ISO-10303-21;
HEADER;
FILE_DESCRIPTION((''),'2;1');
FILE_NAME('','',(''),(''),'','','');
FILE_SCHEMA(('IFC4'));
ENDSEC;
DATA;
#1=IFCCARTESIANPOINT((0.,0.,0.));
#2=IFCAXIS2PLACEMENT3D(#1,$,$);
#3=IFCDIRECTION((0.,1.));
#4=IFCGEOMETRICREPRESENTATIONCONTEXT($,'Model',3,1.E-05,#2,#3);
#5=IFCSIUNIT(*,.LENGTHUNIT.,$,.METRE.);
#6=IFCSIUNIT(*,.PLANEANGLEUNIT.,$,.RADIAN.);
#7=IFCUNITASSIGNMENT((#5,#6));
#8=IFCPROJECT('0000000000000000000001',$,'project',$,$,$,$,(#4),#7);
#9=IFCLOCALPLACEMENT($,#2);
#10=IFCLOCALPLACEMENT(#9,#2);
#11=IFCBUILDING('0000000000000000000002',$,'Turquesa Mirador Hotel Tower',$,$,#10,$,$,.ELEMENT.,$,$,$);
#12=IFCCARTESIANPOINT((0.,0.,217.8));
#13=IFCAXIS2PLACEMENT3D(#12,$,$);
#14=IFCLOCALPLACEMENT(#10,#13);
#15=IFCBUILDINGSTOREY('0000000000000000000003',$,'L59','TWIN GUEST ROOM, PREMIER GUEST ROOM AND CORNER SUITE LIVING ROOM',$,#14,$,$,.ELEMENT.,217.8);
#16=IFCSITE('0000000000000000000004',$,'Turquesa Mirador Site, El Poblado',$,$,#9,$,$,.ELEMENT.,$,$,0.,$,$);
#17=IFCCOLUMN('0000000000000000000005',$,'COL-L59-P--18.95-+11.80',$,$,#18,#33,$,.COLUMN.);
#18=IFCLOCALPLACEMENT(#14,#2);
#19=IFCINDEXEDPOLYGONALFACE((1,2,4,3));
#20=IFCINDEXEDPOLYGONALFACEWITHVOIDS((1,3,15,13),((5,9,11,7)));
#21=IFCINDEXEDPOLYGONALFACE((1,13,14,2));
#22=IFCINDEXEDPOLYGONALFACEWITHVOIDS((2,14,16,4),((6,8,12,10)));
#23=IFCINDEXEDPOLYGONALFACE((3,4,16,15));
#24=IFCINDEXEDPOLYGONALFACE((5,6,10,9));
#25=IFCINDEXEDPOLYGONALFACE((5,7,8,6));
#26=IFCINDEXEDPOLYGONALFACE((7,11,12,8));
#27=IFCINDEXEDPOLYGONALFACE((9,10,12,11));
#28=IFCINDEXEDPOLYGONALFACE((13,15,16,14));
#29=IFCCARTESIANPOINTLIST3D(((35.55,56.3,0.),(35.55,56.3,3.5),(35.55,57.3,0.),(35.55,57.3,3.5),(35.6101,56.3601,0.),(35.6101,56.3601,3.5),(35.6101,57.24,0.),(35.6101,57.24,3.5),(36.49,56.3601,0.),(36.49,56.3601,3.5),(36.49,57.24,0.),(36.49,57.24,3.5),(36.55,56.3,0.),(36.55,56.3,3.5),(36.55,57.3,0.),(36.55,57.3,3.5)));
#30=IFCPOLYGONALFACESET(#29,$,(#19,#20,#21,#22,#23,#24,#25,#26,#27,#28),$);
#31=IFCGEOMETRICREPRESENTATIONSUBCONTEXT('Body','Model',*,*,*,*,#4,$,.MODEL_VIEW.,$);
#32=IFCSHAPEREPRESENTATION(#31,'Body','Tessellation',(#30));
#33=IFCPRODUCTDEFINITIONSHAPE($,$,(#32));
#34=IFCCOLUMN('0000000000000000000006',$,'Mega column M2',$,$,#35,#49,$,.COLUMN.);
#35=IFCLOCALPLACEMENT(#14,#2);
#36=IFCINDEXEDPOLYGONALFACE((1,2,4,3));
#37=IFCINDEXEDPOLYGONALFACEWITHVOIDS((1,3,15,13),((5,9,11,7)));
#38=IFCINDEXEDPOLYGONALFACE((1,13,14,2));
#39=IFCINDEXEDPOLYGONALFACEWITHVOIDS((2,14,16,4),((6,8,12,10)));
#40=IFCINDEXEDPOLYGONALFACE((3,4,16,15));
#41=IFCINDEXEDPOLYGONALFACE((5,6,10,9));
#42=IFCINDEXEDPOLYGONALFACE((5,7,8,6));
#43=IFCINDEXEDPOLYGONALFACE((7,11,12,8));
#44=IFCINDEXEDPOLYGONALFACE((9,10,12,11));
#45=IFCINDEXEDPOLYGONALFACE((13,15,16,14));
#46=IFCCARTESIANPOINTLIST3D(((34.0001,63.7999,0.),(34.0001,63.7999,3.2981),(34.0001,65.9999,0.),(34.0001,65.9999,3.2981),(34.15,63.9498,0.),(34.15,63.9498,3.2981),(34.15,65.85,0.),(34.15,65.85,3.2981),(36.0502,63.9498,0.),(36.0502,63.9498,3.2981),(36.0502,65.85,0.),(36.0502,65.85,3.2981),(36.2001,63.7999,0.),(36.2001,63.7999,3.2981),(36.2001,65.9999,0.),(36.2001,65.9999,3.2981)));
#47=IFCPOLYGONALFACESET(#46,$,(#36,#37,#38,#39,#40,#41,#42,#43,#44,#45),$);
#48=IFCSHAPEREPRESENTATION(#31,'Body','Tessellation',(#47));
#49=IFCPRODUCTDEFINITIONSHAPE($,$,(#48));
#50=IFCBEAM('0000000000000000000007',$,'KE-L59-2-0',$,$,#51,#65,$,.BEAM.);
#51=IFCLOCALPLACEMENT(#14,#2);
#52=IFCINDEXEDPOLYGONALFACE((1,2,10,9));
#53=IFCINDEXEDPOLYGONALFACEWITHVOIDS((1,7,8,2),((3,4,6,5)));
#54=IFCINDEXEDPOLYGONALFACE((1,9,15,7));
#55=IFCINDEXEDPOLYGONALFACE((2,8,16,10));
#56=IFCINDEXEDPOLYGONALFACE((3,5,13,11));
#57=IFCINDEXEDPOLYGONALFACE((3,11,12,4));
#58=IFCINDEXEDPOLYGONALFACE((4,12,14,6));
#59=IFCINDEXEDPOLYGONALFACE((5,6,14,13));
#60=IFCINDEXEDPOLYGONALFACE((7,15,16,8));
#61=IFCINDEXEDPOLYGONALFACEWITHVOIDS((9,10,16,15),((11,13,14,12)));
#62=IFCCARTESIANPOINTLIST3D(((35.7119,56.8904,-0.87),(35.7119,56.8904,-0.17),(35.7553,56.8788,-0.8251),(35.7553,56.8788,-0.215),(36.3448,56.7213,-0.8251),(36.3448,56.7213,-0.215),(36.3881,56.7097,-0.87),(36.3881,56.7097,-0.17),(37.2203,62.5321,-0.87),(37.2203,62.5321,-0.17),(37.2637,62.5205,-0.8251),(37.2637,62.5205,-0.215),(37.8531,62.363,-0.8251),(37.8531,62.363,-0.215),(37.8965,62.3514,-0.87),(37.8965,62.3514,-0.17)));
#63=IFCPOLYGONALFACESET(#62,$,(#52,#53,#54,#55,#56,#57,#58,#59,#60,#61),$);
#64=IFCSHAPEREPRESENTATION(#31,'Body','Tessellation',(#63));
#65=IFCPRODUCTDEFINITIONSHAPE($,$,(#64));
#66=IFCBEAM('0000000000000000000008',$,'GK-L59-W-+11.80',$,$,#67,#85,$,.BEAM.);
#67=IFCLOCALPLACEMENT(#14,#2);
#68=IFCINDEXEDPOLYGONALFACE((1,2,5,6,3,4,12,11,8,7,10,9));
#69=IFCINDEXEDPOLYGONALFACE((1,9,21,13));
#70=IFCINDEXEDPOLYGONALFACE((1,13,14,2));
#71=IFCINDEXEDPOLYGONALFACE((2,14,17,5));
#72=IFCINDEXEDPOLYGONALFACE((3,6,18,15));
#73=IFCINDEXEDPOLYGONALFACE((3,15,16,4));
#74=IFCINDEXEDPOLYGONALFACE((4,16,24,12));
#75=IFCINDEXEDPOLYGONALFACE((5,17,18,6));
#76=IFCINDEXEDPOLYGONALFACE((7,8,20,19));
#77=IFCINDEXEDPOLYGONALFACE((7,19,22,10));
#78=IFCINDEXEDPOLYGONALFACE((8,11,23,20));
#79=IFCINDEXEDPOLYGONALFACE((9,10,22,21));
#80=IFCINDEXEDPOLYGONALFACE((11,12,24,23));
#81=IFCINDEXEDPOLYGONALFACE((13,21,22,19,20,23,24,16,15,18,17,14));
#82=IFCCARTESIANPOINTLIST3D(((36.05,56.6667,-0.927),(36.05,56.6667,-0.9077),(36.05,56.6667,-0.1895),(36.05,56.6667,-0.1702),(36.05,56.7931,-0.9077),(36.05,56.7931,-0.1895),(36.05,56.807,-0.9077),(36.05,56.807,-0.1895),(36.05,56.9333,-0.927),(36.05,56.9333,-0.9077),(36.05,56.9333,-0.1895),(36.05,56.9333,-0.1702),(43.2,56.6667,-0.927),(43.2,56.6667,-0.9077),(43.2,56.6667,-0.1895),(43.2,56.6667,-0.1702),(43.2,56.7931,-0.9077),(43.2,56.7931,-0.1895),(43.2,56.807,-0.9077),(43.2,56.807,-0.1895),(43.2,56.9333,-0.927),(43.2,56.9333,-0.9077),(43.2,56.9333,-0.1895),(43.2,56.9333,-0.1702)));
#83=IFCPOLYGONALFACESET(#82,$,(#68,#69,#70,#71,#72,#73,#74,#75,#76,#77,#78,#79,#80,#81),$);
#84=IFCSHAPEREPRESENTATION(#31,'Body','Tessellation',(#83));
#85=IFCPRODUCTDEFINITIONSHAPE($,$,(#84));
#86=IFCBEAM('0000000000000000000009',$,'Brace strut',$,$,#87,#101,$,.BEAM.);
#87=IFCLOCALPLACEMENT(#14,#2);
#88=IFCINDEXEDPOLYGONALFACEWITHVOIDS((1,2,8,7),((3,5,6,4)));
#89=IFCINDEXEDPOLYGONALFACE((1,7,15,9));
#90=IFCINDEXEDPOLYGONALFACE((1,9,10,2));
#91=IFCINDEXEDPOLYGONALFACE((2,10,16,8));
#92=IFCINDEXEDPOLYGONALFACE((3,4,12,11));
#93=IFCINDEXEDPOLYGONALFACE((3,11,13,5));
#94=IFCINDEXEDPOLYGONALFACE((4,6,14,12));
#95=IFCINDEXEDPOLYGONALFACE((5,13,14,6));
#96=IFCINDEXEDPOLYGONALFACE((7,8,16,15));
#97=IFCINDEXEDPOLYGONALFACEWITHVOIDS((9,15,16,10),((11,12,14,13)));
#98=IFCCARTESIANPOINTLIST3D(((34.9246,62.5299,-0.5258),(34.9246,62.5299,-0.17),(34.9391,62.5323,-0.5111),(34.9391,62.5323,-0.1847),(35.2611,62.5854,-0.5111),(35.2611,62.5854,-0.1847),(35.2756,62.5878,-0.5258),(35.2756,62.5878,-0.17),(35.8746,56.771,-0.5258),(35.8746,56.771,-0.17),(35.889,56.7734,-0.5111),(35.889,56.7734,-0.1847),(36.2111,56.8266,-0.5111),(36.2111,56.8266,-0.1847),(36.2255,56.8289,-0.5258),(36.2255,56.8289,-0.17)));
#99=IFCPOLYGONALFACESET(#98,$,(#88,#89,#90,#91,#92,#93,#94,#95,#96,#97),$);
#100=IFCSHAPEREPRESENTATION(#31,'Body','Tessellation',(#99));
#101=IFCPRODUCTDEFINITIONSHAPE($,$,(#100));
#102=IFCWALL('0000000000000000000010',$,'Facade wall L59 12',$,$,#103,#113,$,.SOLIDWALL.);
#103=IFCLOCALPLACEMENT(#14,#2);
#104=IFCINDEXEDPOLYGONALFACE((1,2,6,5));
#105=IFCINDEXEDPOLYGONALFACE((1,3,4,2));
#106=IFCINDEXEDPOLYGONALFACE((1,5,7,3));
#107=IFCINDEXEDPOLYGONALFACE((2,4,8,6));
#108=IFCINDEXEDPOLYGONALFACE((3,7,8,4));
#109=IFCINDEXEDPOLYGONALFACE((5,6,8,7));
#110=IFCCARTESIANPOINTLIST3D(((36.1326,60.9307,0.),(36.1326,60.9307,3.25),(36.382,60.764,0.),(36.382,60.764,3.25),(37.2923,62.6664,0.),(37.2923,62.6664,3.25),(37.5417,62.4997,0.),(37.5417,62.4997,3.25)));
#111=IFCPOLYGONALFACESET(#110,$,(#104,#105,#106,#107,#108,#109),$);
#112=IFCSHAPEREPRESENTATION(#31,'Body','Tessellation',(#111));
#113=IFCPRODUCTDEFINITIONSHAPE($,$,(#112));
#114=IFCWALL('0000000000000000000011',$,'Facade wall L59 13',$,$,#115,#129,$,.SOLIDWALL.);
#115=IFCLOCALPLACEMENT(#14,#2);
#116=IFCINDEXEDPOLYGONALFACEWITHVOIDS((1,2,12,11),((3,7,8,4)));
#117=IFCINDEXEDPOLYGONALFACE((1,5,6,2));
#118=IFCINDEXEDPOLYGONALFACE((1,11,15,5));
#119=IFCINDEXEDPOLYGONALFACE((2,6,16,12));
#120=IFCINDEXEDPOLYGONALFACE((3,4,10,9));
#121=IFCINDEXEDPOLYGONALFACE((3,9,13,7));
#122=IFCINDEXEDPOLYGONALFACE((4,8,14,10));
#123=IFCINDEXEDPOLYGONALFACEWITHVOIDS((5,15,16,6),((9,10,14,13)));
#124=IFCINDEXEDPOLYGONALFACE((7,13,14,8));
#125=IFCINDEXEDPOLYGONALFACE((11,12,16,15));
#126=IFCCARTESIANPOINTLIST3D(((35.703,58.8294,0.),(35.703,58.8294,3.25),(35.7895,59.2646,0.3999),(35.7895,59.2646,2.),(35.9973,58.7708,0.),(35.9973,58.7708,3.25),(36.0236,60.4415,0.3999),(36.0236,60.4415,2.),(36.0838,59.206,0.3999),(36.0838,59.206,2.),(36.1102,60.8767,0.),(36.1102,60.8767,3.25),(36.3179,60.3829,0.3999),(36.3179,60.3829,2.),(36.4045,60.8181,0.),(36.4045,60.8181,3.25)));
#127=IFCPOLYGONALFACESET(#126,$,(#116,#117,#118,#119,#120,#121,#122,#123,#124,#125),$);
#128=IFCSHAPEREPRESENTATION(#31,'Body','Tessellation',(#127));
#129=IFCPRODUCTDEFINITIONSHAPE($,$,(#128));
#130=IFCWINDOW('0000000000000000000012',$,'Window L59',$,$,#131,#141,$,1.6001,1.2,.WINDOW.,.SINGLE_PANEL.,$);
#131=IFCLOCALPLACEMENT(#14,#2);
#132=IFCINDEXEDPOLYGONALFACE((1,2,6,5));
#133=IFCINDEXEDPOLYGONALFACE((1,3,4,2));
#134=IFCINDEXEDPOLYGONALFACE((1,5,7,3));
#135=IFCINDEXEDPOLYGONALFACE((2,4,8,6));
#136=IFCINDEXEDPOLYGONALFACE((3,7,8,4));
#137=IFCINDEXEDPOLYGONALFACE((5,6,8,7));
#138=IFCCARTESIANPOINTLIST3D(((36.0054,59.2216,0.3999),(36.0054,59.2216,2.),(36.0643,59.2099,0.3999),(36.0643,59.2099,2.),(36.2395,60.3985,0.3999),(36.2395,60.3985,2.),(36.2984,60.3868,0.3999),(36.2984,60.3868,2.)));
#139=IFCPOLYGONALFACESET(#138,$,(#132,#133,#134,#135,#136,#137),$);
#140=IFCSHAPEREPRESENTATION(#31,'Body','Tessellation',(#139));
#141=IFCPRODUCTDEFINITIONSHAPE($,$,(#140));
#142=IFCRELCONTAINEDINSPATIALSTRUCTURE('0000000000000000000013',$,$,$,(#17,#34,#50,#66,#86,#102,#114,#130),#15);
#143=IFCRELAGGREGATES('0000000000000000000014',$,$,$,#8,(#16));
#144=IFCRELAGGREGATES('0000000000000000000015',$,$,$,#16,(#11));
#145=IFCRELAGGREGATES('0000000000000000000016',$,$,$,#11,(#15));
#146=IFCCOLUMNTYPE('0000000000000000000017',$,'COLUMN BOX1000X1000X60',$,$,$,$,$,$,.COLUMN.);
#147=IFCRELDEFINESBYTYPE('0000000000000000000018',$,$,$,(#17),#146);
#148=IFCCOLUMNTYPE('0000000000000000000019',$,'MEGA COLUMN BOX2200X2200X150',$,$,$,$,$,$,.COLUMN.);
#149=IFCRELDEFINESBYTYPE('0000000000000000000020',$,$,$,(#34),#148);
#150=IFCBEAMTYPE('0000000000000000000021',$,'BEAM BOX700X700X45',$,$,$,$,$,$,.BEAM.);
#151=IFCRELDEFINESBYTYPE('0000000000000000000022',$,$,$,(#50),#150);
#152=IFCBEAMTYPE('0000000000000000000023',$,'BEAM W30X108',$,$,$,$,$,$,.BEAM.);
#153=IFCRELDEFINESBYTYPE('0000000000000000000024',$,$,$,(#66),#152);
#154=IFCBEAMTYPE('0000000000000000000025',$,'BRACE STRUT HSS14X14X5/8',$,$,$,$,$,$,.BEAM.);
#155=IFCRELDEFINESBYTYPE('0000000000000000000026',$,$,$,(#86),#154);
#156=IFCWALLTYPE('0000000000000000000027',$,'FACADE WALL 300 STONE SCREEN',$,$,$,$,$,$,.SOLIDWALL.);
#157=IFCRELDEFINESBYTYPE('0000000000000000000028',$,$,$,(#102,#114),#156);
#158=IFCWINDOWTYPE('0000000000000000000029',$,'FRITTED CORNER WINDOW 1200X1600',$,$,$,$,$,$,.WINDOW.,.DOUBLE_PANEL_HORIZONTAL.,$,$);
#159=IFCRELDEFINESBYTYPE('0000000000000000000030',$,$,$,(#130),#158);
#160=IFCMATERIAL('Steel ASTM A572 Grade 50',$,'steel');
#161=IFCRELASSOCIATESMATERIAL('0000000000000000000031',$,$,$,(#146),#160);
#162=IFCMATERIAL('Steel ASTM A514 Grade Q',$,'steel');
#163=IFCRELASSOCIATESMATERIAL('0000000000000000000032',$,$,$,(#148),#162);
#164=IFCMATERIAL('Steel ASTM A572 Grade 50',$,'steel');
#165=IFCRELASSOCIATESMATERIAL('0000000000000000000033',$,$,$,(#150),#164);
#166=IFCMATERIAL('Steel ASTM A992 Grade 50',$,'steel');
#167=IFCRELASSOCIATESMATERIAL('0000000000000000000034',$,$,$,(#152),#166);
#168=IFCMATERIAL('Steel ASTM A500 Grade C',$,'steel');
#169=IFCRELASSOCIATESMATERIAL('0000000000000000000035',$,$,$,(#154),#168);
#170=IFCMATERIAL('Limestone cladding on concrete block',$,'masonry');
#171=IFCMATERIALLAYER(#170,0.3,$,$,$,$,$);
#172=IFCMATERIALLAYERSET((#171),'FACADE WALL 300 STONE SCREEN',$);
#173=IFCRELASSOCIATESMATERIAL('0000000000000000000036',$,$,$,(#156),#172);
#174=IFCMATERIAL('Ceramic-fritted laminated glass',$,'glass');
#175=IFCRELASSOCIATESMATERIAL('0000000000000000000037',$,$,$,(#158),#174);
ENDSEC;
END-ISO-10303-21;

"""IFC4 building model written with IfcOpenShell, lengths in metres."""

from ifc_helpers import new_model, si_unit, direction, frame, frame_2d, origin, origin_2d, place, context, subcontext, project, spatial, rectangle, hollow_rectangle, i_section, extrude, clip, halfspace, material, layer, layer_set, material_profile, profile_set, type_object, element, fill, save


model = new_model("IFC4")

# Units and contexts
model_context = context("Model", 3, precision=1e-05, world=origin(), true_north=direction((0.0, 1.0)))
body_context = subcontext(model_context, "Body", "Model", "MODEL_VIEW")
ifc_project = project(units=[si_unit("LENGTHUNIT", "METRE"), si_unit("PLANEANGLEUNIT", "RADIAN")], contexts=[model_context])

# Site, building, storey
site_placement = place(None, origin())
site = spatial("IfcSite", under=ifc_project, at=site_placement, Name="Turquesa Mirador Site, El Poblado", CompositionType="ELEMENT", RefElevation=0.0)
building_placement = place(site_placement, origin())
building = spatial("IfcBuilding", under=site, at=building_placement, Name="Turquesa Mirador Hotel Tower", CompositionType="ELEMENT")
storey_placement = place(building_placement, frame((0.0, 0.0, 217.8)))
storey = spatial("IfcBuildingStorey", under=building, at=storey_placement, Name="L59", Description="TWIN GUEST ROOM, PREMIER GUEST ROOM AND CORNER SUITE LIVING ROOM", CompositionType="ELEMENT", Elevation=217.8)

# Columns
ifc_material_1 = material(Name="Steel ASTM A572 Grade 50", Category="steel")
ifc_material_profile_1 = material_profile(ifc_material_1, hollow_rectangle(XDim=1.0, YDim=1.0, WallThickness=0.0601, at=origin_2d()), Name="BOX1000X1000X60")
ifc_profile_set_1 = profile_set([ifc_material_profile_1], Name="Steel ASTM A572 Grade 50")
column_type_1 = type_object("IfcColumnType", Name="COLUMN BOX1000X1000X60", PredefinedType="COLUMN", material=ifc_profile_set_1)
column_1_placement = place(storey_placement, frame((36.05, 56.8, 0.0), z_axis=(0.0, 0.0, 1.0), x_axis=(1.0, 0.0, 0.0)))
element("IfcColumn", 1, at=column_1_placement, inside=storey, type_object=column_type_1, Name="COL-L59-P--18.95-+11.80", PredefinedType="COLUMN", context=body_context, shape_type="SweptSolid", body=[
    extrude(hollow_rectangle(XDim=1.0, YDim=1.0, WallThickness=0.0601, at=origin_2d()), origin(), (0.0, 0.0, 1.0), 3.5),
])
ifc_material_2 = material(Name="Steel ASTM A514 Grade Q", Category="steel")
ifc_material_profile_2 = material_profile(ifc_material_2, hollow_rectangle(XDim=2.2, YDim=2.2, WallThickness=0.1499, at=origin_2d()), Name="BOX2200X2200X150")
ifc_profile_set_2 = profile_set([ifc_material_profile_2], Name="Steel ASTM A514 Grade Q")
column_type_2 = type_object("IfcColumnType", Name="MEGA COLUMN BOX2200X2200X150", PredefinedType="COLUMN", material=ifc_profile_set_2)
column_2_placement = place(storey_placement, frame((35.1001, 64.8999, 0.0), z_axis=(0.0, 0.0, 1.0), x_axis=(1.0, 0.0, 0.0)))
element("IfcColumn", 2, at=column_2_placement, inside=storey, type_object=column_type_2, Name="Mega column M2", PredefinedType="COLUMN", context=body_context, shape_type="Clipping", body=[
    clip(extrude(hollow_rectangle(XDim=2.2, YDim=2.2, WallThickness=0.1499, at=origin_2d()), origin(), (0.0, 0.0, 1.0), 3.5), halfspace(frame((0.0, 0.0, 3.2981), z_axis=(0.0, 0.0, 1.0), x_axis=(1.0, 0.0, 0.0)), False)),
])

# Beams
ifc_material_3 = material(Name="Steel ASTM A572 Grade 50", Category="steel")
ifc_material_profile_3 = material_profile(ifc_material_3, hollow_rectangle(XDim=0.7, YDim=0.7, WallThickness=0.0449, at=origin_2d()), Name="BOX700X700X45")
ifc_profile_set_3 = profile_set([ifc_material_profile_3], Name="Steel ASTM A572 Grade 50")
beam_type_1 = type_object("IfcBeamType", Name="BEAM BOX700X700X45", PredefinedType="BEAM", material=ifc_profile_set_3)
beam_1_placement = place(storey_placement, frame((36.05, 56.8, -0.52), z_axis=(0.258282, 0.96607, 0.0), x_axis=(-0.96607, 0.258282, 0.0)))
element("IfcBeam", 3, at=beam_1_placement, inside=storey, type_object=beam_type_1, Name="KE-L59-2-0", PredefinedType="BEAM", context=body_context, shape_type="SweptSolid", body=[
    extrude(hollow_rectangle(XDim=0.7, YDim=0.7, WallThickness=0.0449, at=origin_2d()), origin(), (0.0, 0.0, 1.0), 5.8398),
])
ifc_material_4 = material(Name="Steel ASTM A992 Grade 50", Category="steel")
ifc_material_profile_4 = material_profile(ifc_material_4, i_section(OverallWidth=0.2666, OverallDepth=0.7568, WebThickness=0.0139, FlangeThickness=0.0193, at=origin_2d()), Name="W30X108")
ifc_profile_set_4 = profile_set([ifc_material_profile_4], Name="Steel ASTM A992 Grade 50")
beam_type_2 = type_object("IfcBeamType", Name="BEAM W30X108", PredefinedType="BEAM", material=ifc_profile_set_4)
beam_2_placement = place(storey_placement, frame((36.05, 56.8, -0.5486), z_axis=(1.0, 0.0, 0.0), x_axis=(0.0, 1.0, 0.0)))
element("IfcBeam", 4, at=beam_2_placement, inside=storey, type_object=beam_type_2, Name="GK-L59-W-+11.80", PredefinedType="BEAM", context=body_context, shape_type="SweptSolid", body=[
    extrude(i_section(OverallWidth=0.2666, OverallDepth=0.7568, WebThickness=0.0139, FlangeThickness=0.0193, at=origin_2d()), origin(), (0.0, 0.0, 1.0), 7.1499),
])
ifc_material_5 = material(Name="Steel ASTM A500 Grade C", Category="steel")
ifc_material_profile_5 = material_profile(ifc_material_5, hollow_rectangle(XDim=0.3557, YDim=0.3557, WallThickness=0.0146, at=origin_2d()), Name="HSS14X14X5/8")
ifc_profile_set_5 = profile_set([ifc_material_profile_5], Name="Steel ASTM A500 Grade C")
beam_type_3 = type_object("IfcBeamType", Name="BRACE STRUT HSS14X14X5/8", PredefinedType="BEAM", material=ifc_profile_set_5)
beam_3_placement = place(storey_placement, frame((35.1001, 62.5588, -0.3479), z_axis=(0.162757, -0.986666, 0.0), x_axis=(0.986666, 0.162757, 0.0)))
element("IfcBeam", 5, at=beam_3_placement, inside=storey, type_object=beam_type_3, Name="Brace strut", PredefinedType="BEAM", context=body_context, shape_type="SweptSolid", body=[
    extrude(hollow_rectangle(XDim=0.3557, YDim=0.3557, WallThickness=0.0146, at=origin_2d()), origin(), (0.0, 0.0, 1.0), 5.8367),
])

# Wall
ifc_material_6 = material(Name="Limestone cladding on concrete block", Category="masonry")
ifc_layer_1 = layer(ifc_material_6, 0.3)
ifc_layer_set_1 = layer_set([ifc_layer_1], Name="FACADE WALL 300 STONE SCREEN")
wall_type_1 = type_object("IfcWallType", Name="FACADE WALL 300 STONE SCREEN", PredefinedType="SOLIDWALL", material=ifc_layer_set_1)
wall_1_placement = place(storey_placement, frame((37.417, 62.583, 0.0), z_axis=(0.0, 0.0, 1.0), x_axis=(-0.555564, -0.831474, 0.0)))
element("IfcWall", 6, at=wall_1_placement, inside=storey, type_object=wall_type_1, Name="Facade wall L59 12", PredefinedType="SOLIDWALL", context=body_context, shape_type="SweptSolid", body=[
    extrude(rectangle(XDim=2.0874, YDim=0.3, at=frame_2d((1.0437, 0.0))), origin(), (0.0, 0.0, 1.0), 3.25),
])

# Wall, opening, window
wall_2_placement = place(storey_placement, frame((36.2573, 60.8474, 0.0), z_axis=(0.0, 0.0, 1.0), x_axis=(-0.195081, -0.980787, 0.0)))
wall_2 = element("IfcWall", 7, at=wall_2_placement, inside=storey, type_object=wall_type_1, Name="Facade wall L59 13", PredefinedType="SOLIDWALL", context=body_context, shape_type="SweptSolid", body=[
    extrude(rectangle(XDim=2.0874, YDim=0.3, at=frame_2d((1.0437, 0.0))), origin(), (0.0, 0.0, 1.0), 3.25),
])
opening_1_placement = place(wall_2_placement, frame((0.4436, 0.0, 0.3999)))
opening_1 = element("IfcOpeningElement", 8, at=opening_1_placement, cuts=wall_2, PredefinedType="OPENING", context=body_context, shape_type="SweptSolid", body=[
    extrude(rectangle(XDim=1.2, YDim=1.6001, at=frame_2d((0.6001, 0.8))), frame((0.0, 0.1599, 0.0), z_axis=(0.0, -1.0, 0.0), x_axis=(1.0, 0.0, 0.0)), (0.0, 0.0, 1.0), 0.3201),
])
ifc_material_7 = material(Name="Ceramic-fritted laminated glass", Category="glass")
window_type_1 = type_object("IfcWindowType", Name="FRITTED CORNER WINDOW 1200X1600", PartitioningType="DOUBLE_PANEL_HORIZONTAL", PredefinedType="WINDOW", material=ifc_material_7)
window_1_placement = place(opening_1_placement, origin())
window_1 = element("IfcWindow", 9, at=window_1_placement, inside=storey, type_object=window_type_1, Name="Window L59", OverallHeight=1.6001, OverallWidth=1.2, PartitioningType="SINGLE_PANEL", PredefinedType="WINDOW", context=body_context, shape_type="SweptSolid", body=[
    extrude(rectangle(XDim=1.2, YDim=1.6001, at=frame_2d((0.6001, 0.8))), frame((0.0, 0.1301, 0.0), z_axis=(0.0, -1.0, 0.0), x_axis=(1.0, 0.0, 0.0)), (0.0, 0.0, 1.0), 0.0601),
])
fill(opening_1, window_1)

save(model, "model.ifc")
